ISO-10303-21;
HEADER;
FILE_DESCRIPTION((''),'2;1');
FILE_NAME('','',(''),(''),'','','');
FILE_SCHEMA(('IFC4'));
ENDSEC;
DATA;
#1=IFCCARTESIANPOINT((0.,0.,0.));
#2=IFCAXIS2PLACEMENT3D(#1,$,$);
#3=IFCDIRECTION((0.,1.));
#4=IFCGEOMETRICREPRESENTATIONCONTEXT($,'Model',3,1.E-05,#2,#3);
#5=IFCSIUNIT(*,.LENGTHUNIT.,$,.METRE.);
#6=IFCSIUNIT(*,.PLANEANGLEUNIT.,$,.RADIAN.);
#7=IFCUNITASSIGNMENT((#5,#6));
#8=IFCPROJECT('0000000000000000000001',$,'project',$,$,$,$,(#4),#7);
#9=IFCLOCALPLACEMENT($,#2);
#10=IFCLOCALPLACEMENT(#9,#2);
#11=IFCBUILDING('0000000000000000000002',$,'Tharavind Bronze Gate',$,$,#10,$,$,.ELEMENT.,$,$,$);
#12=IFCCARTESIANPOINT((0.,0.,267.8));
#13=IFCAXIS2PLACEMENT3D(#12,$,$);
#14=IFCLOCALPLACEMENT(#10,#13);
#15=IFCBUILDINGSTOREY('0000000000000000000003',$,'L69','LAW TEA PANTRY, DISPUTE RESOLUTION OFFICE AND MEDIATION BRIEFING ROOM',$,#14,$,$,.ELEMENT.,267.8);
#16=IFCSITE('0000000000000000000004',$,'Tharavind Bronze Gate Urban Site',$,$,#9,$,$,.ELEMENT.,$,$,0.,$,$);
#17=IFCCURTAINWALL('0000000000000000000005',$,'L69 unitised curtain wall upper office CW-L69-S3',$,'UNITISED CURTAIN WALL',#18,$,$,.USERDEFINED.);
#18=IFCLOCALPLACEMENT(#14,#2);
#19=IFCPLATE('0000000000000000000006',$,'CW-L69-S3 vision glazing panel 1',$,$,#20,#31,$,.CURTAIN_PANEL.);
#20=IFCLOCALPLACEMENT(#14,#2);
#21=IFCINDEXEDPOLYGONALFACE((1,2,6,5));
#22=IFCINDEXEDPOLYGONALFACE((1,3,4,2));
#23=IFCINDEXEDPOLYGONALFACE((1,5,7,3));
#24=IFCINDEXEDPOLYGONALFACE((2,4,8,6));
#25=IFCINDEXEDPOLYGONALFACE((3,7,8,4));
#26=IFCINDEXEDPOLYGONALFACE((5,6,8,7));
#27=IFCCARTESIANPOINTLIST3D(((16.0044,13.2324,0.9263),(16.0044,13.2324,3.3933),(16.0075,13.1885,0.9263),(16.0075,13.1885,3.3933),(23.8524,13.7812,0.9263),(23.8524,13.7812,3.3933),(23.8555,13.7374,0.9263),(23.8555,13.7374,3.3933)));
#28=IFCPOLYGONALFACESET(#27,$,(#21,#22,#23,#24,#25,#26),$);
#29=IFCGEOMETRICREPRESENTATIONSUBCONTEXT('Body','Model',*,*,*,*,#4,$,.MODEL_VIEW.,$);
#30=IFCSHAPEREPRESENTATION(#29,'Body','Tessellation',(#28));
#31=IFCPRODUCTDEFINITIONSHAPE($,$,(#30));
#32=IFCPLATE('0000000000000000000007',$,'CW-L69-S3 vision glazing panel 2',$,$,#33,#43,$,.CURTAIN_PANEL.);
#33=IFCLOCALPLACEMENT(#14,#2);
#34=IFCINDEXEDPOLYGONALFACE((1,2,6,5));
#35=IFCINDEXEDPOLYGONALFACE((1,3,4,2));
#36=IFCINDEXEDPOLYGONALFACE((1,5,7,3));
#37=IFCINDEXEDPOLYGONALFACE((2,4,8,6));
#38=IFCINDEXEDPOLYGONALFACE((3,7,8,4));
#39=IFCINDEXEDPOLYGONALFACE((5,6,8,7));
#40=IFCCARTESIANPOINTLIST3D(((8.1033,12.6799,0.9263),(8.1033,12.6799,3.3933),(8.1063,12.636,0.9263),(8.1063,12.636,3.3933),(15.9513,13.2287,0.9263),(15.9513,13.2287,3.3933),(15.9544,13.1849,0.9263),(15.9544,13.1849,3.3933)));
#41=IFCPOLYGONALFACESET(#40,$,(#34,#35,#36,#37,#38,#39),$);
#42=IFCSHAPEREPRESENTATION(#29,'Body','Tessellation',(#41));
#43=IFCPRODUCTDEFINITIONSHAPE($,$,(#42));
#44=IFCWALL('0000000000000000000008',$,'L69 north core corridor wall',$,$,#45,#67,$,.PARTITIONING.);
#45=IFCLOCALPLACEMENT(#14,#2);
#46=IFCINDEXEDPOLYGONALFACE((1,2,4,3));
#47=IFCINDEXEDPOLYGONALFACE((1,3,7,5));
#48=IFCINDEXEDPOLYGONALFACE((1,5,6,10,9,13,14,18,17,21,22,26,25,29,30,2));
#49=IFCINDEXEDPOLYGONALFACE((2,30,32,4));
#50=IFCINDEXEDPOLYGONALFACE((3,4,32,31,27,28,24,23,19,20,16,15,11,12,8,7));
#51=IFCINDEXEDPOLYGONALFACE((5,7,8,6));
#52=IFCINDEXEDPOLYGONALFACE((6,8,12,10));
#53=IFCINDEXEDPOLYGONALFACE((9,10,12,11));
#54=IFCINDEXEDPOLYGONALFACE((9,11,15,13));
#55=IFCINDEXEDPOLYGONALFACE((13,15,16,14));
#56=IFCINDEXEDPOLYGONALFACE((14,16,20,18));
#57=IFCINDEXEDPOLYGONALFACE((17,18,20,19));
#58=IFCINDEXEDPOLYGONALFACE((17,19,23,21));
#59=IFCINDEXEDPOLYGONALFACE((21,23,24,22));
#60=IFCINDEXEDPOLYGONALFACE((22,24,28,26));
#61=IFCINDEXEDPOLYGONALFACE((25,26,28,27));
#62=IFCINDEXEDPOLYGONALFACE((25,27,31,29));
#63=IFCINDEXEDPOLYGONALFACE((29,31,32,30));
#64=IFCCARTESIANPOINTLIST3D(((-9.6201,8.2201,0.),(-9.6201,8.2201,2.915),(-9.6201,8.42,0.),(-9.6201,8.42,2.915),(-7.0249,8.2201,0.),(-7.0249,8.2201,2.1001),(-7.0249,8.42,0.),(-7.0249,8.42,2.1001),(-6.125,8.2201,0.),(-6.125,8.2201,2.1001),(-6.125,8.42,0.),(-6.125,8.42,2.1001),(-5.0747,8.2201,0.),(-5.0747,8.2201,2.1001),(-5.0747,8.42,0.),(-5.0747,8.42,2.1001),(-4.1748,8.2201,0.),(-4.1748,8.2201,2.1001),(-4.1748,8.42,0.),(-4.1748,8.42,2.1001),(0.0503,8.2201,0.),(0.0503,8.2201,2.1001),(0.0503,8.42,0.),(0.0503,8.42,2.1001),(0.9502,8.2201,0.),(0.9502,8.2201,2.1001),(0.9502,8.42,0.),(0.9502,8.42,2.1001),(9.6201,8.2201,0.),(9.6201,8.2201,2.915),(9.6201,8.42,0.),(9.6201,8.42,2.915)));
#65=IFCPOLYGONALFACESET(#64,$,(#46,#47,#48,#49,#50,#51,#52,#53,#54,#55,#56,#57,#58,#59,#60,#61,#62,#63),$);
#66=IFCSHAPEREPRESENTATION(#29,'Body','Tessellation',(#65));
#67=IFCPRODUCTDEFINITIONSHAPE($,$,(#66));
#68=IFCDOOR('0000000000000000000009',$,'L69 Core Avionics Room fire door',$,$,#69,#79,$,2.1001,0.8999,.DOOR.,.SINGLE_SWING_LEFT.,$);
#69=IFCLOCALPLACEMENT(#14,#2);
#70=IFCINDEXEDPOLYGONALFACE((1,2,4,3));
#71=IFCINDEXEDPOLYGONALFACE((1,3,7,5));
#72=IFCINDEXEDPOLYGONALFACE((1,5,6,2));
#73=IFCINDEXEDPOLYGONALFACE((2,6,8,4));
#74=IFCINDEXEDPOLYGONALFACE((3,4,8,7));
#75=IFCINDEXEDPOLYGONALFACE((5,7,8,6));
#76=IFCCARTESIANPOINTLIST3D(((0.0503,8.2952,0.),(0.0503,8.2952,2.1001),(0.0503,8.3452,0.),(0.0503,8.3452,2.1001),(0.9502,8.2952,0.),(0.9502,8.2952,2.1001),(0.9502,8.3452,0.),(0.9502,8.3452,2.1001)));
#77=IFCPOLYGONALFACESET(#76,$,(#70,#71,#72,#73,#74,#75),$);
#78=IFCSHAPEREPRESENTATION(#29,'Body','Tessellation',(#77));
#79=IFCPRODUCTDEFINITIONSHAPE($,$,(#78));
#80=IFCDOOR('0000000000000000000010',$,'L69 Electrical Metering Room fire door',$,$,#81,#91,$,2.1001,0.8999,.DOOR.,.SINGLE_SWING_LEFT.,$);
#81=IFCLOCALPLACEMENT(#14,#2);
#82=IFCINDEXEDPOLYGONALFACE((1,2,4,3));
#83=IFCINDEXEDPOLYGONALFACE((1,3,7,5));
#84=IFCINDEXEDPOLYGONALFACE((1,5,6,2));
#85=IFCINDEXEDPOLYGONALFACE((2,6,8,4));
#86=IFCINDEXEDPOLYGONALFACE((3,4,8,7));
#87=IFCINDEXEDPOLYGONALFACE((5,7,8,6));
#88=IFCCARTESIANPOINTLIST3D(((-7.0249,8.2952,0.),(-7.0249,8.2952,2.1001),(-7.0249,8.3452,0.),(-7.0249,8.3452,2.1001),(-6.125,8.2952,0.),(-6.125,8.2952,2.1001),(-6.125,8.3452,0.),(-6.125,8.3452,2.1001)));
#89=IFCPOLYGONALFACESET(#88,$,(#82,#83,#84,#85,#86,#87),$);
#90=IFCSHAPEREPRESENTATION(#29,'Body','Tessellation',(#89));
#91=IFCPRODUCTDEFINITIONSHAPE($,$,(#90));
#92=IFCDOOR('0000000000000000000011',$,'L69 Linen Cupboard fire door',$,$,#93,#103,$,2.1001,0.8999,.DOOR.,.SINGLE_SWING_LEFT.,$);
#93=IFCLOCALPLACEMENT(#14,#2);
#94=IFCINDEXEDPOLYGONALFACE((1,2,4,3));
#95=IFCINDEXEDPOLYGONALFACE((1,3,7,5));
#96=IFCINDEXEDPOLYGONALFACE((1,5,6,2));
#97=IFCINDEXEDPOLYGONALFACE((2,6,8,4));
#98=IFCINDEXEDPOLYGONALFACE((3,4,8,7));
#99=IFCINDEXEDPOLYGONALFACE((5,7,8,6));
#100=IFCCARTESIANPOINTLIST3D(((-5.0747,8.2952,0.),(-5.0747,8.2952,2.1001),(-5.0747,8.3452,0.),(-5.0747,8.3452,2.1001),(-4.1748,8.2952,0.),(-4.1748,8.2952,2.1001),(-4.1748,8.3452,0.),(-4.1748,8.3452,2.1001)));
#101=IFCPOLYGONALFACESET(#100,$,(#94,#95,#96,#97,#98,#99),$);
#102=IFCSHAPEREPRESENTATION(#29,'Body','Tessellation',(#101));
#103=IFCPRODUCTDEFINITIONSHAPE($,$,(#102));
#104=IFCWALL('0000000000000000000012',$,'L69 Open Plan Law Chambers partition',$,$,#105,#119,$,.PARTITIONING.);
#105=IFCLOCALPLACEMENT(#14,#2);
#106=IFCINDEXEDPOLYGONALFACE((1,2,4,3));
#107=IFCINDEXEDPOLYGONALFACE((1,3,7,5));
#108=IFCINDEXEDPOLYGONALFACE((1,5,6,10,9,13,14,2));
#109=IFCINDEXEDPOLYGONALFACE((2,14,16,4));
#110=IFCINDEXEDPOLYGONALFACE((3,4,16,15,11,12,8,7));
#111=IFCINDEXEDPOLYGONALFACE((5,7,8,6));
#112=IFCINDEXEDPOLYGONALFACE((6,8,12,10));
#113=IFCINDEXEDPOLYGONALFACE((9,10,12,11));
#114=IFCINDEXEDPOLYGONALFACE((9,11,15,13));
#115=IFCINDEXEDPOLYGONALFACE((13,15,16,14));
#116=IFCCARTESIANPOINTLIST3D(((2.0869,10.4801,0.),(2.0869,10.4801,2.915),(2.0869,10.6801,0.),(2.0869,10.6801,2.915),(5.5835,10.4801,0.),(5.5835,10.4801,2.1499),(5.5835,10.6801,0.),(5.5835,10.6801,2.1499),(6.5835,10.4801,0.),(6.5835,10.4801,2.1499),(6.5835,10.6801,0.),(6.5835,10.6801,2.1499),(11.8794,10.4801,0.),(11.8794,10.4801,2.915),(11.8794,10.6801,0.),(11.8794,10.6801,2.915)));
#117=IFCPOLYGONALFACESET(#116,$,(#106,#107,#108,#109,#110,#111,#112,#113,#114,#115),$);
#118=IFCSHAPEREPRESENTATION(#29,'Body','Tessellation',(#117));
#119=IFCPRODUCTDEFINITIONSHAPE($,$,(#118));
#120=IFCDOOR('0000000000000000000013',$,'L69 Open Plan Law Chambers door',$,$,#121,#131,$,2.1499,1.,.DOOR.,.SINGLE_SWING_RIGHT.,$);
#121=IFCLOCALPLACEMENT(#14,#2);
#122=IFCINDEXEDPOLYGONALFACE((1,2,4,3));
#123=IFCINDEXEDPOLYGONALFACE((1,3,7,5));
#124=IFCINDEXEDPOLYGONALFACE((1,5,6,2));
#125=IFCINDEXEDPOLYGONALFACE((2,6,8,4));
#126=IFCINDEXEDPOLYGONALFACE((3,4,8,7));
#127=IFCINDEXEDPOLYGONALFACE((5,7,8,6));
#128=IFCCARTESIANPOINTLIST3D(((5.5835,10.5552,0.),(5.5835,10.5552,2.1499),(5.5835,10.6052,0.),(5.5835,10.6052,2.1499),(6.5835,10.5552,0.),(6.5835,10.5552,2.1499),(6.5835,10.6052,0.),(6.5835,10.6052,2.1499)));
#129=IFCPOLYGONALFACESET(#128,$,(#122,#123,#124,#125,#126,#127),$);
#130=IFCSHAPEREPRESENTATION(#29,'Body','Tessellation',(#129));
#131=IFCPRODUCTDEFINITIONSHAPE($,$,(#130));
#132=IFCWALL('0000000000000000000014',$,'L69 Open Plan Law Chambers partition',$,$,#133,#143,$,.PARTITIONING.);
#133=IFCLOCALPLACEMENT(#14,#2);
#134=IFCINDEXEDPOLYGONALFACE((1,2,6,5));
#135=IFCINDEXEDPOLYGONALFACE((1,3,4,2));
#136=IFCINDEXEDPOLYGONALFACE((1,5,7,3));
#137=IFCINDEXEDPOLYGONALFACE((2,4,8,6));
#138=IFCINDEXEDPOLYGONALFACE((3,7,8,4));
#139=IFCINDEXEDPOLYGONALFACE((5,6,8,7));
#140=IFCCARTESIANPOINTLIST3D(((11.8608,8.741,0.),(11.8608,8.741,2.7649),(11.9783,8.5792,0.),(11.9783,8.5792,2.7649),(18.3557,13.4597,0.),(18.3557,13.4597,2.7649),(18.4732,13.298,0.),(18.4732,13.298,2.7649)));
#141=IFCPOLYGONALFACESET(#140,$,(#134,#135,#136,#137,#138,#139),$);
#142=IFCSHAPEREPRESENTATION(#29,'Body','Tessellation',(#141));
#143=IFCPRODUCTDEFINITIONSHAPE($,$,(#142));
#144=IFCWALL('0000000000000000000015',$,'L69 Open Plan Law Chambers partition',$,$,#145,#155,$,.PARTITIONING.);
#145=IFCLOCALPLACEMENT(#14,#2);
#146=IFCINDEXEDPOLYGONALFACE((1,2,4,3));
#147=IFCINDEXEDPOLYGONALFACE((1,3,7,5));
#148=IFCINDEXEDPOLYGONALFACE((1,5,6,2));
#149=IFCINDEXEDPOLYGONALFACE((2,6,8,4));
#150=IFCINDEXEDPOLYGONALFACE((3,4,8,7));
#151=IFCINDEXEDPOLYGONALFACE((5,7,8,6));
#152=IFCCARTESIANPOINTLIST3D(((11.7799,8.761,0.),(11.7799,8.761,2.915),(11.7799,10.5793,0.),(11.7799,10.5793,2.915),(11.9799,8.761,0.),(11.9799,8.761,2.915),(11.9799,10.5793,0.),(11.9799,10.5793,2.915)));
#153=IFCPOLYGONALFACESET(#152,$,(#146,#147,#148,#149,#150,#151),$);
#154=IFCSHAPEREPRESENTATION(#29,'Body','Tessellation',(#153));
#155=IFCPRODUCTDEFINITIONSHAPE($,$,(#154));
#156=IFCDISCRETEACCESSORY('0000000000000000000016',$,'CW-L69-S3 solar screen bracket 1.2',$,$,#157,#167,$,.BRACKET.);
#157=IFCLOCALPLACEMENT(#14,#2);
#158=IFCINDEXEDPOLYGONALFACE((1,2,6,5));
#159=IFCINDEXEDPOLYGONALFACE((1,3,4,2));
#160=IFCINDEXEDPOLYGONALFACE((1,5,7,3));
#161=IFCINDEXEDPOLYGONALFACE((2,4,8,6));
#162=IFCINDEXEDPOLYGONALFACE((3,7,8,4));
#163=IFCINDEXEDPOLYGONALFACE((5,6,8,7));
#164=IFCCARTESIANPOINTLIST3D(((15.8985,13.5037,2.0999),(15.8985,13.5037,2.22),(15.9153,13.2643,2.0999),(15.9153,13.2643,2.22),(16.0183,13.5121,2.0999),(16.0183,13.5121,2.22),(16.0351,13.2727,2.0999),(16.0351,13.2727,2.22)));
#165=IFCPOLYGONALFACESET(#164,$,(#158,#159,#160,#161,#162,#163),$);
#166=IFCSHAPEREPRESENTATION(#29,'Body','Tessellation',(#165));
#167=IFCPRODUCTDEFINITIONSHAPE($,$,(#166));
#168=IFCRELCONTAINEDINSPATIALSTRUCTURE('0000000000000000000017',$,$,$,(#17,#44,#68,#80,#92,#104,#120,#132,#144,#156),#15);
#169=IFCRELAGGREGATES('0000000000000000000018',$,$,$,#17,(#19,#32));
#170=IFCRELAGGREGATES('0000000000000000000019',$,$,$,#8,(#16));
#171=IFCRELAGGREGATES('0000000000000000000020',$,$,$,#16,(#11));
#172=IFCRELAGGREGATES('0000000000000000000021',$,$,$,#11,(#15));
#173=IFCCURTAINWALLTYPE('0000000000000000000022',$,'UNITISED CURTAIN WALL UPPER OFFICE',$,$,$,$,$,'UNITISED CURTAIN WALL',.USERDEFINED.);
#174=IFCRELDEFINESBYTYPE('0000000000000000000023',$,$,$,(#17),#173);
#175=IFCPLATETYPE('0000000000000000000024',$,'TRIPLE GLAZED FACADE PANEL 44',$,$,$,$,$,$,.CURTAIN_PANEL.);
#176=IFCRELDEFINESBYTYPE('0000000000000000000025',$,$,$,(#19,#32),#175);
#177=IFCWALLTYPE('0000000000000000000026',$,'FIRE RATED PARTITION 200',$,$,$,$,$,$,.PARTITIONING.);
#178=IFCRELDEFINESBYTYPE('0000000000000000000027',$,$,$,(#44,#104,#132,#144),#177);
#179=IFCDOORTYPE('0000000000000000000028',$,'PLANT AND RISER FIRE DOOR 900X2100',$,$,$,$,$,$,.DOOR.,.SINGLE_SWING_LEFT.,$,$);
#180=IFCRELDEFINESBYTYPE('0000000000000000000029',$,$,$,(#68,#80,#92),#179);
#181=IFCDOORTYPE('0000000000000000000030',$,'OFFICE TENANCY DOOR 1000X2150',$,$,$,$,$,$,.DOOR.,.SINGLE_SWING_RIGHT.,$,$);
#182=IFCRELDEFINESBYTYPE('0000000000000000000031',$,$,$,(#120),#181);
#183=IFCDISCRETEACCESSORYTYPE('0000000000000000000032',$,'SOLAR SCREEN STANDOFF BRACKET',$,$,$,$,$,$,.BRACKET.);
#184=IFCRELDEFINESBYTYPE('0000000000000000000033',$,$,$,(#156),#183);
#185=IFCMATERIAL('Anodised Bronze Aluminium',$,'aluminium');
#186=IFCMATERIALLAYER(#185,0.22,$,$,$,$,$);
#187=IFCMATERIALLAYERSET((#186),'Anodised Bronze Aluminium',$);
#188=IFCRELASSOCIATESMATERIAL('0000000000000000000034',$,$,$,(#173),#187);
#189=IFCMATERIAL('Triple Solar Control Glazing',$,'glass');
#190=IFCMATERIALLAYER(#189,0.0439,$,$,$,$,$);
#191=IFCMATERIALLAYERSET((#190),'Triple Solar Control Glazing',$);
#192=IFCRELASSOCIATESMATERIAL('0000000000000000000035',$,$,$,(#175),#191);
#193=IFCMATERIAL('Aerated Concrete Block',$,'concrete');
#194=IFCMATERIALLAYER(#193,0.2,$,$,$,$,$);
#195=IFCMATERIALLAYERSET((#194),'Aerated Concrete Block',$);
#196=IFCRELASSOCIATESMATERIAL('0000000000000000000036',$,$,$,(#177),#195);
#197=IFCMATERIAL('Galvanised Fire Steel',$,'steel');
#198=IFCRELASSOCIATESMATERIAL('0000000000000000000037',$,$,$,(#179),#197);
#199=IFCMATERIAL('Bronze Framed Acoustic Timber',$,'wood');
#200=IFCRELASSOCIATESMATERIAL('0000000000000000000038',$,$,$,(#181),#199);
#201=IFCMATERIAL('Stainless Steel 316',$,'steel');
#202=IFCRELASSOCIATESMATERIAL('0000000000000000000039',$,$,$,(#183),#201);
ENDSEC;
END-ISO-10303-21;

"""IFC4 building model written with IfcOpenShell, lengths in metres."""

from ifc_helpers import new_model, si_unit, direction, frame, frame_2d, origin, origin_2d, place, context, subcontext, project, spatial, rectangle, extrude, material, layer, layer_set, type_object, element, fill, aggregate, save


model = new_model("IFC4")

# Units and contexts
model_context = context("Model", 3, precision=1e-05, world=origin(), true_north=direction((0.0, 1.0)))
body_context = subcontext(model_context, "Body", "Model", "MODEL_VIEW")
ifc_project = project(units=[si_unit("LENGTHUNIT", "METRE"), si_unit("PLANEANGLEUNIT", "RADIAN")], contexts=[model_context])

# Site, building, storey
site_placement = place(None, origin())
site = spatial("IfcSite", under=ifc_project, at=site_placement, Name="Tharavind Bronze Gate Urban Site", CompositionType="ELEMENT", RefElevation=0.0)
building_placement = place(site_placement, origin())
building = spatial("IfcBuilding", under=site, at=building_placement, Name="Tharavind Bronze Gate", CompositionType="ELEMENT")
storey_placement = place(building_placement, frame((0.0, 0.0, 267.8)))
storey = spatial("IfcBuildingStorey", under=building, at=storey_placement, Name="L69", Description="LAW TEA PANTRY, DISPUTE RESOLUTION OFFICE AND MEDIATION BRIEFING ROOM", CompositionType="ELEMENT", Elevation=267.8)

# Curtain wall
ifc_material_1 = material(Name="Anodised Bronze Aluminium", Category="aluminium")
ifc_layer_1 = layer(ifc_material_1, 0.22)
ifc_layer_set_1 = layer_set([ifc_layer_1], Name="Anodised Bronze Aluminium")
curtain_wall_type = type_object("IfcCurtainWallType", Name="UNITISED CURTAIN WALL UPPER OFFICE", ElementType="UNITISED CURTAIN WALL", PredefinedType="USERDEFINED", material=ifc_layer_set_1)
curtain_wall_1_placement = place(storey_placement, origin())
curtain_wall_1 = element("IfcCurtainWall", 1, at=curtain_wall_1_placement, inside=storey, type_object=curtain_wall_type, Name="L69 unitised curtain wall upper office CW-L69-S3", ObjectType="UNITISED CURTAIN WALL", PredefinedType="USERDEFINED")

# Plates
ifc_material_2 = material(Name="Triple Solar Control Glazing", Category="glass")
ifc_layer_2 = layer(ifc_material_2, 0.0439)
ifc_layer_set_2 = layer_set([ifc_layer_2], Name="Triple Solar Control Glazing")
plate_type_1 = type_object("IfcPlateType", Name="TRIPLE GLAZED FACADE PANEL 44", PredefinedType="CURTAIN_PANEL", material=ifc_layer_set_2)
plate_1_placement = place(storey_placement, frame((19.9299, 13.4849, 0.9263), z_axis=(0.0, 0.0, 1.0), x_axis=(-0.997564, -0.06976, 0.0)))
plate_1 = element("IfcPlate", 2, at=plate_1_placement, type_object=plate_type_1, Name="CW-L69-S3 vision glazing panel 1", PredefinedType="CURTAIN_PANEL", context=body_context, shape_type="SweptSolid", body=[
    extrude(rectangle(XDim=7.8672, YDim=0.0439, at=origin_2d()), origin(), (0.0, 0.0, 1.0), 2.467),
])
plate_2_placement = place(storey_placement, frame((12.0288, 12.9324, 0.9263), z_axis=(0.0, 0.0, 1.0), x_axis=(-0.997564, -0.06976, 0.0)))
plate_2 = element("IfcPlate", 3, at=plate_2_placement, type_object=plate_type_1, Name="CW-L69-S3 vision glazing panel 2", PredefinedType="CURTAIN_PANEL", context=body_context, shape_type="SweptSolid", body=[
    extrude(rectangle(XDim=7.8672, YDim=0.0439, at=origin_2d()), origin(), (0.0, 0.0, 1.0), 2.467),
])
aggregate(curtain_wall_1, [plate_1, plate_2])

# Wall, openings, doors
ifc_material_3 = material(Name="Aerated Concrete Block", Category="concrete")
ifc_layer_3 = layer(ifc_material_3, 0.2)
ifc_layer_set_3 = layer_set([ifc_layer_3], Name="Aerated Concrete Block")
wall_type = type_object("IfcWallType", Name="FIRE RATED PARTITION 200", PredefinedType="PARTITIONING", material=ifc_layer_set_3)
wall_1_placement = place(storey_placement, frame((9.6201, 8.3201, 0.0), z_axis=(0.0, 0.0, 1.0), x_axis=(-1.0, 0.0, 0.0)))
wall_1 = element("IfcWall", 4, at=wall_1_placement, inside=storey, type_object=wall_type, Name="L69 north core corridor wall", PredefinedType="PARTITIONING", context=body_context, shape_type="SweptSolid", body=[
    extrude(rectangle(XDim=19.2402, YDim=0.2, at=frame_2d((9.6201, 0.0))), origin(), (0.0, 0.0, 1.0), 2.915),
])
opening_1_placement = place(wall_1_placement, frame((8.6699, 0.0, 0.0)))
opening_1 = element("IfcOpeningElement", 5, at=opening_1_placement, cuts=wall_1, PredefinedType="OPENING", context=body_context, shape_type="SweptSolid", body=[
    extrude(rectangle(XDim=0.8999, YDim=2.1001, at=frame_2d((0.45, 1.05))), frame((0.0, 0.1101, 0.0), z_axis=(0.0, -1.0, 0.0), x_axis=(1.0, 0.0, 0.0)), (0.0, 0.0, 1.0), 0.22),
])
opening_2_placement = place(wall_1_placement, frame((15.7451, 0.0, 0.0)))
opening_2 = element("IfcOpeningElement", 6, at=opening_2_placement, cuts=wall_1, PredefinedType="OPENING", context=body_context, shape_type="SweptSolid", body=[
    extrude(rectangle(XDim=0.8999, YDim=2.1001, at=frame_2d((0.45, 1.05))), frame((0.0, 0.1101, 0.0), z_axis=(0.0, -1.0, 0.0), x_axis=(1.0, 0.0, 0.0)), (0.0, 0.0, 1.0), 0.22),
])
opening_3_placement = place(wall_1_placement, frame((13.7949, 0.0, 0.0)))
opening_3 = element("IfcOpeningElement", 7, at=opening_3_placement, cuts=wall_1, PredefinedType="OPENING", context=body_context, shape_type="SweptSolid", body=[
    extrude(rectangle(XDim=0.8999, YDim=2.1001, at=frame_2d((0.45, 1.05))), frame((0.0, 0.1101, 0.0), z_axis=(0.0, -1.0, 0.0), x_axis=(1.0, 0.0, 0.0)), (0.0, 0.0, 1.0), 0.22),
])
ifc_material_4 = material(Name="Galvanised Fire Steel", Category="steel")
door_type_1 = type_object("IfcDoorType", Name="PLANT AND RISER FIRE DOOR 900X2100", OperationType="SINGLE_SWING_LEFT", PredefinedType="DOOR", material=ifc_material_4)
door_1_placement = place(opening_1_placement, origin())
door_1 = element("IfcDoor", 8, at=door_1_placement, inside=storey, type_object=door_type_1, Name="L69 Core Avionics Room fire door", OperationType="SINGLE_SWING_LEFT", OverallHeight=2.1001, OverallWidth=0.8999, PredefinedType="DOOR", context=body_context, shape_type="SweptSolid", body=[
    extrude(rectangle(XDim=0.8999, YDim=2.1001, at=frame_2d((0.45, 1.05))), frame((0.0, 0.0249, 0.0), z_axis=(0.0, -1.0, 0.0), x_axis=(1.0, 0.0, 0.0)), (0.0, 0.0, 1.0), 0.05),
])
fill(opening_1, door_1)
door_2_placement = place(opening_2_placement, origin())
door_2 = element("IfcDoor", 9, at=door_2_placement, inside=storey, type_object=door_type_1, Name="L69 Electrical Metering Room fire door", OperationType="SINGLE_SWING_LEFT", OverallHeight=2.1001, OverallWidth=0.8999, PredefinedType="DOOR", context=body_context, shape_type="SweptSolid", body=[
    extrude(rectangle(XDim=0.8999, YDim=2.1001, at=frame_2d((0.45, 1.05))), frame((0.0, 0.0249, 0.0), z_axis=(0.0, -1.0, 0.0), x_axis=(1.0, 0.0, 0.0)), (0.0, 0.0, 1.0), 0.05),
])
fill(opening_2, door_2)
door_3_placement = place(opening_3_placement, origin())
door_3 = element("IfcDoor", 10, at=door_3_placement, inside=storey, type_object=door_type_1, Name="L69 Linen Cupboard fire door", OperationType="SINGLE_SWING_LEFT", OverallHeight=2.1001, OverallWidth=0.8999, PredefinedType="DOOR", context=body_context, shape_type="SweptSolid", body=[
    extrude(rectangle(XDim=0.8999, YDim=2.1001, at=frame_2d((0.45, 1.05))), frame((0.0, 0.0249, 0.0), z_axis=(0.0, -1.0, 0.0), x_axis=(1.0, 0.0, 0.0)), (0.0, 0.0, 1.0), 0.05),
])
fill(opening_3, door_3)

# Wall, opening, door
wall_2_placement = place(storey_placement, frame((11.8794, 10.5801, 0.0), z_axis=(0.0, 0.0, 1.0), x_axis=(-1.0, 0.0, 0.0)))
wall_2 = element("IfcWall", 11, at=wall_2_placement, inside=storey, type_object=wall_type, Name="L69 Open Plan Law Chambers partition", PredefinedType="PARTITIONING", context=body_context, shape_type="SweptSolid", body=[
    extrude(rectangle(XDim=9.7925, YDim=0.2, at=frame_2d((4.8962, 0.0))), origin(), (0.0, 0.0, 1.0), 2.915),
])
opening_4_placement = place(wall_2_placement, frame((5.2959, 0.0, 0.0)))
opening_4 = element("IfcOpeningElement", 12, at=opening_4_placement, cuts=wall_2, PredefinedType="OPENING", context=body_context, shape_type="SweptSolid", body=[
    extrude(rectangle(XDim=1.0, YDim=2.1499, at=frame_2d((0.5, 1.075))), frame((0.0, 0.1101, 0.0), z_axis=(0.0, -1.0, 0.0), x_axis=(1.0, 0.0, 0.0)), (0.0, 0.0, 1.0), 0.22),
])
ifc_material_5 = material(Name="Bronze Framed Acoustic Timber", Category="wood")
door_type_2 = type_object("IfcDoorType", Name="OFFICE TENANCY DOOR 1000X2150", OperationType="SINGLE_SWING_RIGHT", PredefinedType="DOOR", material=ifc_material_5)
door_4_placement = place(opening_4_placement, origin())
door_4 = element("IfcDoor", 13, at=door_4_placement, inside=storey, type_object=door_type_2, Name="L69 Open Plan Law Chambers door", OperationType="SINGLE_SWING_RIGHT", OverallHeight=2.1499, OverallWidth=1.0, PredefinedType="DOOR", context=body_context, shape_type="SweptSolid", body=[
    extrude(rectangle(XDim=1.0, YDim=2.1499, at=frame_2d((0.5, 1.075))), frame((0.0, 0.0249, 0.0), z_axis=(0.0, -1.0, 0.0), x_axis=(1.0, 0.0, 0.0)), (0.0, 0.0, 1.0), 0.05),
])
fill(opening_4, door_4)

# Walls
wall_3_placement = place(storey_placement, frame((18.4146, 13.3789, 0.0), z_axis=(0.0, 0.0, 1.0), x_axis=(-0.80902, -0.587781, 0.0)))
element("IfcWall", 14, at=wall_3_placement, inside=storey, type_object=wall_type, Name="L69 Open Plan Law Chambers partition", PredefinedType="PARTITIONING", context=body_context, shape_type="SweptSolid", body=[
    extrude(rectangle(XDim=8.0281, YDim=0.2, at=frame_2d((4.0142, 0.0))), origin(), (0.0, 0.0, 1.0), 2.7649),
])
wall_4_placement = place(storey_placement, frame((11.8799, 8.761, 0.0), z_axis=(0.0, 0.0, 1.0), x_axis=(0.0, 1.0, 0.0)))
element("IfcWall", 15, at=wall_4_placement, inside=storey, type_object=wall_type, Name="L69 Open Plan Law Chambers partition", PredefinedType="PARTITIONING", context=body_context, shape_type="SweptSolid", body=[
    extrude(rectangle(XDim=1.8184, YDim=0.2, at=frame_2d((0.9092, 0.0))), origin(), (0.0, 0.0, 1.0), 2.915),
])

# Discrete accessory
ifc_material_6 = material(Name="Stainless Steel 316", Category="steel")
discrete_accessory_type = type_object("IfcDiscreteAccessoryType", Name="SOLAR SCREEN STANDOFF BRACKET", PredefinedType="BRACKET", material=ifc_material_6)
discrete_accessory_placement = place(storey_placement, frame((15.9668, 13.3882, 2.0999), z_axis=(0.0, 0.0, 1.0), x_axis=(-0.997564, -0.06976, 0.0)))
element("IfcDiscreteAccessory", 16, at=discrete_accessory_placement, inside=storey, type_object=discrete_accessory_type, Name="CW-L69-S3 solar screen bracket 1.2", PredefinedType="BRACKET", context=body_context, shape_type="SweptSolid", body=[
    extrude(rectangle(XDim=0.1201, YDim=0.24, at=origin_2d()), origin(), (0.0, 0.0, 1.0), 0.1201),
])

save(model, "model.ifc")
